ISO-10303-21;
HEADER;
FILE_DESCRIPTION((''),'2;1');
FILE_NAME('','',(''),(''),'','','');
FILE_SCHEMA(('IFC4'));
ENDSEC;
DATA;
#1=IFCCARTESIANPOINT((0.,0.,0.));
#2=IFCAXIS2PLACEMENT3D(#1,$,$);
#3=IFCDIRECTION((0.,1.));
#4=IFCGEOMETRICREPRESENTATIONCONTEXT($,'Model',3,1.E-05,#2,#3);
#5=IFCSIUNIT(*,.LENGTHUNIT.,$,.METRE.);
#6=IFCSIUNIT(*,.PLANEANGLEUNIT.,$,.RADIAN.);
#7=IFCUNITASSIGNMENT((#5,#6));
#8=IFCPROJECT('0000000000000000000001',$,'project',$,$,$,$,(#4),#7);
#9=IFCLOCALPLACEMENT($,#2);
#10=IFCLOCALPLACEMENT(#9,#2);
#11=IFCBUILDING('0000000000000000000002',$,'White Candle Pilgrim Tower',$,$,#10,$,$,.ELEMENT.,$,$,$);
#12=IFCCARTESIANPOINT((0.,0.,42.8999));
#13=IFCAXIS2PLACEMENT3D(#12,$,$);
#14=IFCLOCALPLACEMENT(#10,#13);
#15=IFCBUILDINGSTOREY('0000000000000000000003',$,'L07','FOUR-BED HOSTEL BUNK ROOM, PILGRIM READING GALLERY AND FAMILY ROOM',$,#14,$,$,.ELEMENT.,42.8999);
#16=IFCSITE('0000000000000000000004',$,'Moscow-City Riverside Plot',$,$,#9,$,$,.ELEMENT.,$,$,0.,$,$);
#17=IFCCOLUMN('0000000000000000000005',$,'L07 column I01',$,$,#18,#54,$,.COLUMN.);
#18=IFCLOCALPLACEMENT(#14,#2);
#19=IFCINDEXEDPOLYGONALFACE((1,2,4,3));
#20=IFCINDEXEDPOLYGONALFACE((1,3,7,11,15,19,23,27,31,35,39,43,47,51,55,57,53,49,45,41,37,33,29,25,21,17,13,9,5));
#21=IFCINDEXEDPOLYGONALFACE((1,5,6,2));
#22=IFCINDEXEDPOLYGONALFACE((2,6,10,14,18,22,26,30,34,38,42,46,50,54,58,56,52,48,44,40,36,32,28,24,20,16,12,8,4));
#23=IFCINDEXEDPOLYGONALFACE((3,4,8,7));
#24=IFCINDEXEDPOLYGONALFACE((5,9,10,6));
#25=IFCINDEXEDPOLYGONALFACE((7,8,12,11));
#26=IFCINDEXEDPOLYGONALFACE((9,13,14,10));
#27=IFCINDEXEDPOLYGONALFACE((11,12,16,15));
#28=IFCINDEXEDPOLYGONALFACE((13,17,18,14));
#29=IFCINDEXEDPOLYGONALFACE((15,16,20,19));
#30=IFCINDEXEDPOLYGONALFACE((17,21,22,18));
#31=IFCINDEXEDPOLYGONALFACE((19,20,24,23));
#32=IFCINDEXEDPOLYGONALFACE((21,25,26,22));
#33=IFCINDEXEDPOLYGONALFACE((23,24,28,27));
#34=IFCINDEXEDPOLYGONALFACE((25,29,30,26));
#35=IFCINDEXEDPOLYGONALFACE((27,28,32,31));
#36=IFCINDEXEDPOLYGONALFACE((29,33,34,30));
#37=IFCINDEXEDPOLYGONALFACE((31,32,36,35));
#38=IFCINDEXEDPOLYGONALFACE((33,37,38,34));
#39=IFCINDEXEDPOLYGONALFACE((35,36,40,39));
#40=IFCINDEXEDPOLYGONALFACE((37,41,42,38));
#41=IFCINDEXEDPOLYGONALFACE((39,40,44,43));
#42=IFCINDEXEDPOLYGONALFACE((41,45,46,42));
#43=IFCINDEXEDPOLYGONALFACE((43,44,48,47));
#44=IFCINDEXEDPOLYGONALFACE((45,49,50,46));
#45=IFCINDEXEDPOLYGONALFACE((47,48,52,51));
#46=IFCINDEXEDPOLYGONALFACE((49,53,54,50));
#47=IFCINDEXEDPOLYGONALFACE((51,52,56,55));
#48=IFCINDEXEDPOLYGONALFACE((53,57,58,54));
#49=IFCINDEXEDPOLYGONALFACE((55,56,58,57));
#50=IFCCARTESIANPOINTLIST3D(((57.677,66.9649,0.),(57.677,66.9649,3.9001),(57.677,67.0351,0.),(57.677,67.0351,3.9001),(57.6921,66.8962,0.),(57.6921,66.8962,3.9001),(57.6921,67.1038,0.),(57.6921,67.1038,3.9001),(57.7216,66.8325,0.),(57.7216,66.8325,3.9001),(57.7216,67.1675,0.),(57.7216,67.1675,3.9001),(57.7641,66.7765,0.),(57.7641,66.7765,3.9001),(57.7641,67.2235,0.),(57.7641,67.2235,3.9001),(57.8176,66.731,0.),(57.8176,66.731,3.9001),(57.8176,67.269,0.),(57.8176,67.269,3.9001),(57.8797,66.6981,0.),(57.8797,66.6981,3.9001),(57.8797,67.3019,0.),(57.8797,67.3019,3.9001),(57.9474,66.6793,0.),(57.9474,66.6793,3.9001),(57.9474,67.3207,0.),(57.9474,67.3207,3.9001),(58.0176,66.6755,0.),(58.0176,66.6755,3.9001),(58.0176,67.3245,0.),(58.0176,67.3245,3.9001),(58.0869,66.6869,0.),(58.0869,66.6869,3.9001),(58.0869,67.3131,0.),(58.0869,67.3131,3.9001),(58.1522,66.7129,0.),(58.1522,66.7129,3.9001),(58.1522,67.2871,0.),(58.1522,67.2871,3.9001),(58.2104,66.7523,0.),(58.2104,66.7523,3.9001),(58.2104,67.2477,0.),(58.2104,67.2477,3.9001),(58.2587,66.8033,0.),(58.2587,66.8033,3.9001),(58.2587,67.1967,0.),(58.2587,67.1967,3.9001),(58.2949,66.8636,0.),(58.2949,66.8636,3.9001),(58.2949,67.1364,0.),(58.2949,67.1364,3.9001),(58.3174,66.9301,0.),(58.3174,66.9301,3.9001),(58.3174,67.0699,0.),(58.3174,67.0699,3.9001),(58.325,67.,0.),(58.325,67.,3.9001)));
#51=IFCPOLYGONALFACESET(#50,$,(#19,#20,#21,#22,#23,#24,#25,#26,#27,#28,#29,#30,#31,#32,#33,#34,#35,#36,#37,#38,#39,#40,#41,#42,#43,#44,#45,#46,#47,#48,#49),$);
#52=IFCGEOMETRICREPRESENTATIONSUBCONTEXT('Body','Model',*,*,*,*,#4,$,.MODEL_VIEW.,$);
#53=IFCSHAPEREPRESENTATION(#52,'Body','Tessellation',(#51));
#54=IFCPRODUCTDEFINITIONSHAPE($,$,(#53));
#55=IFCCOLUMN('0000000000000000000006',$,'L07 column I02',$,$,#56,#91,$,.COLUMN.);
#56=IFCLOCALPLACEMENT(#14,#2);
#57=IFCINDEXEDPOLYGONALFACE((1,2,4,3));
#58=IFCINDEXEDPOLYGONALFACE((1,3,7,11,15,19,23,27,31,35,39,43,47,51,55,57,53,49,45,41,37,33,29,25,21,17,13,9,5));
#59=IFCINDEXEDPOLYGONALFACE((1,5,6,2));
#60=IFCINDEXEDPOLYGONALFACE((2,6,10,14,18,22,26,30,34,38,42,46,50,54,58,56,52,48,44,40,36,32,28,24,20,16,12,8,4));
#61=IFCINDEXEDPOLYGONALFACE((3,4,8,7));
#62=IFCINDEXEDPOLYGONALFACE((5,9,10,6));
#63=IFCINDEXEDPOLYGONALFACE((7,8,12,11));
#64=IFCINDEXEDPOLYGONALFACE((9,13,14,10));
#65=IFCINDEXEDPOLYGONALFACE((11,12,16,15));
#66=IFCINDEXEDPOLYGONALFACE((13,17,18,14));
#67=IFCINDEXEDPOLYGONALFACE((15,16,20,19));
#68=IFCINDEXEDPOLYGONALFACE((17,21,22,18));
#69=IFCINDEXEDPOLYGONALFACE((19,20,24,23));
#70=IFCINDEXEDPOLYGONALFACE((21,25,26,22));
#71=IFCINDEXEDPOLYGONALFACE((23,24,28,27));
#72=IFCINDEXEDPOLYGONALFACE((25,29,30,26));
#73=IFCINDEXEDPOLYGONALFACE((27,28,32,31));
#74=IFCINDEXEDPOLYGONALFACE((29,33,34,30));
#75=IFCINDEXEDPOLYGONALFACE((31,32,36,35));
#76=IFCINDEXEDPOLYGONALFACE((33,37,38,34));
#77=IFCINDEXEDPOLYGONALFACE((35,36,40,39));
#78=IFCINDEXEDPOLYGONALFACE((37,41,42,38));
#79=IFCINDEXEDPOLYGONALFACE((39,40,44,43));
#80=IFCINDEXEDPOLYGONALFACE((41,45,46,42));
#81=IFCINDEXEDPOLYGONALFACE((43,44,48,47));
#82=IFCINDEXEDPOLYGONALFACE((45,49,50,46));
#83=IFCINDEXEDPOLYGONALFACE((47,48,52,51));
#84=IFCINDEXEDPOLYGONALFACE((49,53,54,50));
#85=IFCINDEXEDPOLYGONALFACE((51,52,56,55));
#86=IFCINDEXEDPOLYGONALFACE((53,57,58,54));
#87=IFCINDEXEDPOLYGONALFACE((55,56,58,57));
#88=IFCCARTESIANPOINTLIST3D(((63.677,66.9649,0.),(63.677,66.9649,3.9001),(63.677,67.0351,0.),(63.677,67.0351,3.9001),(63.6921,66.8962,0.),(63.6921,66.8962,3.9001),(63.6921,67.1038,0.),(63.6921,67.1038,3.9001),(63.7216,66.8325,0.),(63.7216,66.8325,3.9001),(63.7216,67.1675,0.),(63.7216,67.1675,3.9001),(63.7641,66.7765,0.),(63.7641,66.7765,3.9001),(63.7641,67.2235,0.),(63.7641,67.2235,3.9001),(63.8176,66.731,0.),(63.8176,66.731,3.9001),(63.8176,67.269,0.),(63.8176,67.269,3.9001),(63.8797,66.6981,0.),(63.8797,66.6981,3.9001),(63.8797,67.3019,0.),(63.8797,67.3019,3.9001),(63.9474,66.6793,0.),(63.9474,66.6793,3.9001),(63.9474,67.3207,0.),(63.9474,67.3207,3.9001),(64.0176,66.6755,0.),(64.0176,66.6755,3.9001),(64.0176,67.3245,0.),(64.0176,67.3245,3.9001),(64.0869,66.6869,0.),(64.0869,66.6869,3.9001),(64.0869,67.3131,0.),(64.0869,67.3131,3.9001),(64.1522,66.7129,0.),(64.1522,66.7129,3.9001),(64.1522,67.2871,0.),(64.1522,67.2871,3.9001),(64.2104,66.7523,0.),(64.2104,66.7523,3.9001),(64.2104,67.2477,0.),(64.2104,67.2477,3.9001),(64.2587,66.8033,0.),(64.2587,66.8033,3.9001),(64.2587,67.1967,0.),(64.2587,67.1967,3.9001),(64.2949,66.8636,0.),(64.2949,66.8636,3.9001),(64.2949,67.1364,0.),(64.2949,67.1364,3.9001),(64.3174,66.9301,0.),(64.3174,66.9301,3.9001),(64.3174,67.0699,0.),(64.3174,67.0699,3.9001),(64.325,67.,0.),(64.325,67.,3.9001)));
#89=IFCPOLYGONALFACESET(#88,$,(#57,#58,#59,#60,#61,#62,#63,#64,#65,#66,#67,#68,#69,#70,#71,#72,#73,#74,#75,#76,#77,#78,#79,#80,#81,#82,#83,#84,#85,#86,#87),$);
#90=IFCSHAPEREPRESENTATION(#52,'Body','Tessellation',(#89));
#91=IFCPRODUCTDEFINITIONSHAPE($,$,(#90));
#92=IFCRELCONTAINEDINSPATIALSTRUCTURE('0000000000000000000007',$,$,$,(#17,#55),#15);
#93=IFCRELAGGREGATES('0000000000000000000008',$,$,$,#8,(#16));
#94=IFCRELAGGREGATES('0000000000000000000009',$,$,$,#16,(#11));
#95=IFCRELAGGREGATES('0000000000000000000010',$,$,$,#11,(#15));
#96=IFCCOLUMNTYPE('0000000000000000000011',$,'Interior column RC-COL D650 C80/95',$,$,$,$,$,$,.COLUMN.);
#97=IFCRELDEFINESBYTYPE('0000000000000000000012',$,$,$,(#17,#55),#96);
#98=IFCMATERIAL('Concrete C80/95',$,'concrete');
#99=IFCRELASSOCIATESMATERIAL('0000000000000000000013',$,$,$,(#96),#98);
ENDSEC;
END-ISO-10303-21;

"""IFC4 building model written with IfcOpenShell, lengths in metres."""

from ifc_helpers import new_model, si_unit, direction, frame, origin, origin_2d, place, context, subcontext, project, spatial, circle, extrude, material, material_profile, profile_set, type_object, element, save


model = new_model("IFC4")

# Units and contexts
model_context = context("Model", 3, precision=1e-05, world=origin(), true_north=direction((0.0, 1.0)))
body_context = subcontext(model_context, "Body", "Model", "MODEL_VIEW")
ifc_project = project(units=[si_unit("LENGTHUNIT", "METRE"), si_unit("PLANEANGLEUNIT", "RADIAN")], contexts=[model_context])

# Site, building, storey
site_placement = place(None, origin())
site = spatial("IfcSite", under=ifc_project, at=site_placement, Name="Moscow-City Riverside Plot", CompositionType="ELEMENT", RefElevation=0.0)
building_placement = place(site_placement, origin())
building = spatial("IfcBuilding", under=site, at=building_placement, Name="White Candle Pilgrim Tower", CompositionType="ELEMENT")
storey_placement = place(building_placement, frame((0.0, 0.0, 42.8999)))
storey = spatial("IfcBuildingStorey", under=building, at=storey_placement, Name="L07", Description="FOUR-BED HOSTEL BUNK ROOM, PILGRIM READING GALLERY AND FAMILY ROOM", CompositionType="ELEMENT", Elevation=42.8999)

# Columns
ifc_material_1 = material(Name="Concrete C80/95", Category="concrete")
ifc_material_profile = material_profile(ifc_material_1, circle(Radius=0.325, at=origin_2d()), Name="RC-COL D650")
ifc_profile_set = profile_set([ifc_material_profile], Name="Concrete C80/95")
column_type = type_object("IfcColumnType", Name="Interior column RC-COL D650 C80/95", PredefinedType="COLUMN", material=ifc_profile_set)
for number, where, z_axis, x_axis, name in (
    (1, (58.0, 67.0, 0.0), (0.0, 0.0, 1.0), (1.0, 0.0, 0.0), "L07 column I01"),
    (2, (64.0, 67.0, 0.0), (0.0, 0.0, 1.0), (1.0, 0.0, 0.0), "L07 column I02"),
):
    element("IfcColumn", number, at=place(storey_placement, frame(where, z_axis=z_axis, x_axis=x_axis)), inside=storey, type_object=column_type, Name=name, PredefinedType="COLUMN", context=body_context, shape_type="SweptSolid", body=[
        extrude(circle(Radius=0.325, at=origin_2d()), origin(), (0.0, 0.0, 1.0), 3.9001),
    ])

save(model, "model.ifc")
